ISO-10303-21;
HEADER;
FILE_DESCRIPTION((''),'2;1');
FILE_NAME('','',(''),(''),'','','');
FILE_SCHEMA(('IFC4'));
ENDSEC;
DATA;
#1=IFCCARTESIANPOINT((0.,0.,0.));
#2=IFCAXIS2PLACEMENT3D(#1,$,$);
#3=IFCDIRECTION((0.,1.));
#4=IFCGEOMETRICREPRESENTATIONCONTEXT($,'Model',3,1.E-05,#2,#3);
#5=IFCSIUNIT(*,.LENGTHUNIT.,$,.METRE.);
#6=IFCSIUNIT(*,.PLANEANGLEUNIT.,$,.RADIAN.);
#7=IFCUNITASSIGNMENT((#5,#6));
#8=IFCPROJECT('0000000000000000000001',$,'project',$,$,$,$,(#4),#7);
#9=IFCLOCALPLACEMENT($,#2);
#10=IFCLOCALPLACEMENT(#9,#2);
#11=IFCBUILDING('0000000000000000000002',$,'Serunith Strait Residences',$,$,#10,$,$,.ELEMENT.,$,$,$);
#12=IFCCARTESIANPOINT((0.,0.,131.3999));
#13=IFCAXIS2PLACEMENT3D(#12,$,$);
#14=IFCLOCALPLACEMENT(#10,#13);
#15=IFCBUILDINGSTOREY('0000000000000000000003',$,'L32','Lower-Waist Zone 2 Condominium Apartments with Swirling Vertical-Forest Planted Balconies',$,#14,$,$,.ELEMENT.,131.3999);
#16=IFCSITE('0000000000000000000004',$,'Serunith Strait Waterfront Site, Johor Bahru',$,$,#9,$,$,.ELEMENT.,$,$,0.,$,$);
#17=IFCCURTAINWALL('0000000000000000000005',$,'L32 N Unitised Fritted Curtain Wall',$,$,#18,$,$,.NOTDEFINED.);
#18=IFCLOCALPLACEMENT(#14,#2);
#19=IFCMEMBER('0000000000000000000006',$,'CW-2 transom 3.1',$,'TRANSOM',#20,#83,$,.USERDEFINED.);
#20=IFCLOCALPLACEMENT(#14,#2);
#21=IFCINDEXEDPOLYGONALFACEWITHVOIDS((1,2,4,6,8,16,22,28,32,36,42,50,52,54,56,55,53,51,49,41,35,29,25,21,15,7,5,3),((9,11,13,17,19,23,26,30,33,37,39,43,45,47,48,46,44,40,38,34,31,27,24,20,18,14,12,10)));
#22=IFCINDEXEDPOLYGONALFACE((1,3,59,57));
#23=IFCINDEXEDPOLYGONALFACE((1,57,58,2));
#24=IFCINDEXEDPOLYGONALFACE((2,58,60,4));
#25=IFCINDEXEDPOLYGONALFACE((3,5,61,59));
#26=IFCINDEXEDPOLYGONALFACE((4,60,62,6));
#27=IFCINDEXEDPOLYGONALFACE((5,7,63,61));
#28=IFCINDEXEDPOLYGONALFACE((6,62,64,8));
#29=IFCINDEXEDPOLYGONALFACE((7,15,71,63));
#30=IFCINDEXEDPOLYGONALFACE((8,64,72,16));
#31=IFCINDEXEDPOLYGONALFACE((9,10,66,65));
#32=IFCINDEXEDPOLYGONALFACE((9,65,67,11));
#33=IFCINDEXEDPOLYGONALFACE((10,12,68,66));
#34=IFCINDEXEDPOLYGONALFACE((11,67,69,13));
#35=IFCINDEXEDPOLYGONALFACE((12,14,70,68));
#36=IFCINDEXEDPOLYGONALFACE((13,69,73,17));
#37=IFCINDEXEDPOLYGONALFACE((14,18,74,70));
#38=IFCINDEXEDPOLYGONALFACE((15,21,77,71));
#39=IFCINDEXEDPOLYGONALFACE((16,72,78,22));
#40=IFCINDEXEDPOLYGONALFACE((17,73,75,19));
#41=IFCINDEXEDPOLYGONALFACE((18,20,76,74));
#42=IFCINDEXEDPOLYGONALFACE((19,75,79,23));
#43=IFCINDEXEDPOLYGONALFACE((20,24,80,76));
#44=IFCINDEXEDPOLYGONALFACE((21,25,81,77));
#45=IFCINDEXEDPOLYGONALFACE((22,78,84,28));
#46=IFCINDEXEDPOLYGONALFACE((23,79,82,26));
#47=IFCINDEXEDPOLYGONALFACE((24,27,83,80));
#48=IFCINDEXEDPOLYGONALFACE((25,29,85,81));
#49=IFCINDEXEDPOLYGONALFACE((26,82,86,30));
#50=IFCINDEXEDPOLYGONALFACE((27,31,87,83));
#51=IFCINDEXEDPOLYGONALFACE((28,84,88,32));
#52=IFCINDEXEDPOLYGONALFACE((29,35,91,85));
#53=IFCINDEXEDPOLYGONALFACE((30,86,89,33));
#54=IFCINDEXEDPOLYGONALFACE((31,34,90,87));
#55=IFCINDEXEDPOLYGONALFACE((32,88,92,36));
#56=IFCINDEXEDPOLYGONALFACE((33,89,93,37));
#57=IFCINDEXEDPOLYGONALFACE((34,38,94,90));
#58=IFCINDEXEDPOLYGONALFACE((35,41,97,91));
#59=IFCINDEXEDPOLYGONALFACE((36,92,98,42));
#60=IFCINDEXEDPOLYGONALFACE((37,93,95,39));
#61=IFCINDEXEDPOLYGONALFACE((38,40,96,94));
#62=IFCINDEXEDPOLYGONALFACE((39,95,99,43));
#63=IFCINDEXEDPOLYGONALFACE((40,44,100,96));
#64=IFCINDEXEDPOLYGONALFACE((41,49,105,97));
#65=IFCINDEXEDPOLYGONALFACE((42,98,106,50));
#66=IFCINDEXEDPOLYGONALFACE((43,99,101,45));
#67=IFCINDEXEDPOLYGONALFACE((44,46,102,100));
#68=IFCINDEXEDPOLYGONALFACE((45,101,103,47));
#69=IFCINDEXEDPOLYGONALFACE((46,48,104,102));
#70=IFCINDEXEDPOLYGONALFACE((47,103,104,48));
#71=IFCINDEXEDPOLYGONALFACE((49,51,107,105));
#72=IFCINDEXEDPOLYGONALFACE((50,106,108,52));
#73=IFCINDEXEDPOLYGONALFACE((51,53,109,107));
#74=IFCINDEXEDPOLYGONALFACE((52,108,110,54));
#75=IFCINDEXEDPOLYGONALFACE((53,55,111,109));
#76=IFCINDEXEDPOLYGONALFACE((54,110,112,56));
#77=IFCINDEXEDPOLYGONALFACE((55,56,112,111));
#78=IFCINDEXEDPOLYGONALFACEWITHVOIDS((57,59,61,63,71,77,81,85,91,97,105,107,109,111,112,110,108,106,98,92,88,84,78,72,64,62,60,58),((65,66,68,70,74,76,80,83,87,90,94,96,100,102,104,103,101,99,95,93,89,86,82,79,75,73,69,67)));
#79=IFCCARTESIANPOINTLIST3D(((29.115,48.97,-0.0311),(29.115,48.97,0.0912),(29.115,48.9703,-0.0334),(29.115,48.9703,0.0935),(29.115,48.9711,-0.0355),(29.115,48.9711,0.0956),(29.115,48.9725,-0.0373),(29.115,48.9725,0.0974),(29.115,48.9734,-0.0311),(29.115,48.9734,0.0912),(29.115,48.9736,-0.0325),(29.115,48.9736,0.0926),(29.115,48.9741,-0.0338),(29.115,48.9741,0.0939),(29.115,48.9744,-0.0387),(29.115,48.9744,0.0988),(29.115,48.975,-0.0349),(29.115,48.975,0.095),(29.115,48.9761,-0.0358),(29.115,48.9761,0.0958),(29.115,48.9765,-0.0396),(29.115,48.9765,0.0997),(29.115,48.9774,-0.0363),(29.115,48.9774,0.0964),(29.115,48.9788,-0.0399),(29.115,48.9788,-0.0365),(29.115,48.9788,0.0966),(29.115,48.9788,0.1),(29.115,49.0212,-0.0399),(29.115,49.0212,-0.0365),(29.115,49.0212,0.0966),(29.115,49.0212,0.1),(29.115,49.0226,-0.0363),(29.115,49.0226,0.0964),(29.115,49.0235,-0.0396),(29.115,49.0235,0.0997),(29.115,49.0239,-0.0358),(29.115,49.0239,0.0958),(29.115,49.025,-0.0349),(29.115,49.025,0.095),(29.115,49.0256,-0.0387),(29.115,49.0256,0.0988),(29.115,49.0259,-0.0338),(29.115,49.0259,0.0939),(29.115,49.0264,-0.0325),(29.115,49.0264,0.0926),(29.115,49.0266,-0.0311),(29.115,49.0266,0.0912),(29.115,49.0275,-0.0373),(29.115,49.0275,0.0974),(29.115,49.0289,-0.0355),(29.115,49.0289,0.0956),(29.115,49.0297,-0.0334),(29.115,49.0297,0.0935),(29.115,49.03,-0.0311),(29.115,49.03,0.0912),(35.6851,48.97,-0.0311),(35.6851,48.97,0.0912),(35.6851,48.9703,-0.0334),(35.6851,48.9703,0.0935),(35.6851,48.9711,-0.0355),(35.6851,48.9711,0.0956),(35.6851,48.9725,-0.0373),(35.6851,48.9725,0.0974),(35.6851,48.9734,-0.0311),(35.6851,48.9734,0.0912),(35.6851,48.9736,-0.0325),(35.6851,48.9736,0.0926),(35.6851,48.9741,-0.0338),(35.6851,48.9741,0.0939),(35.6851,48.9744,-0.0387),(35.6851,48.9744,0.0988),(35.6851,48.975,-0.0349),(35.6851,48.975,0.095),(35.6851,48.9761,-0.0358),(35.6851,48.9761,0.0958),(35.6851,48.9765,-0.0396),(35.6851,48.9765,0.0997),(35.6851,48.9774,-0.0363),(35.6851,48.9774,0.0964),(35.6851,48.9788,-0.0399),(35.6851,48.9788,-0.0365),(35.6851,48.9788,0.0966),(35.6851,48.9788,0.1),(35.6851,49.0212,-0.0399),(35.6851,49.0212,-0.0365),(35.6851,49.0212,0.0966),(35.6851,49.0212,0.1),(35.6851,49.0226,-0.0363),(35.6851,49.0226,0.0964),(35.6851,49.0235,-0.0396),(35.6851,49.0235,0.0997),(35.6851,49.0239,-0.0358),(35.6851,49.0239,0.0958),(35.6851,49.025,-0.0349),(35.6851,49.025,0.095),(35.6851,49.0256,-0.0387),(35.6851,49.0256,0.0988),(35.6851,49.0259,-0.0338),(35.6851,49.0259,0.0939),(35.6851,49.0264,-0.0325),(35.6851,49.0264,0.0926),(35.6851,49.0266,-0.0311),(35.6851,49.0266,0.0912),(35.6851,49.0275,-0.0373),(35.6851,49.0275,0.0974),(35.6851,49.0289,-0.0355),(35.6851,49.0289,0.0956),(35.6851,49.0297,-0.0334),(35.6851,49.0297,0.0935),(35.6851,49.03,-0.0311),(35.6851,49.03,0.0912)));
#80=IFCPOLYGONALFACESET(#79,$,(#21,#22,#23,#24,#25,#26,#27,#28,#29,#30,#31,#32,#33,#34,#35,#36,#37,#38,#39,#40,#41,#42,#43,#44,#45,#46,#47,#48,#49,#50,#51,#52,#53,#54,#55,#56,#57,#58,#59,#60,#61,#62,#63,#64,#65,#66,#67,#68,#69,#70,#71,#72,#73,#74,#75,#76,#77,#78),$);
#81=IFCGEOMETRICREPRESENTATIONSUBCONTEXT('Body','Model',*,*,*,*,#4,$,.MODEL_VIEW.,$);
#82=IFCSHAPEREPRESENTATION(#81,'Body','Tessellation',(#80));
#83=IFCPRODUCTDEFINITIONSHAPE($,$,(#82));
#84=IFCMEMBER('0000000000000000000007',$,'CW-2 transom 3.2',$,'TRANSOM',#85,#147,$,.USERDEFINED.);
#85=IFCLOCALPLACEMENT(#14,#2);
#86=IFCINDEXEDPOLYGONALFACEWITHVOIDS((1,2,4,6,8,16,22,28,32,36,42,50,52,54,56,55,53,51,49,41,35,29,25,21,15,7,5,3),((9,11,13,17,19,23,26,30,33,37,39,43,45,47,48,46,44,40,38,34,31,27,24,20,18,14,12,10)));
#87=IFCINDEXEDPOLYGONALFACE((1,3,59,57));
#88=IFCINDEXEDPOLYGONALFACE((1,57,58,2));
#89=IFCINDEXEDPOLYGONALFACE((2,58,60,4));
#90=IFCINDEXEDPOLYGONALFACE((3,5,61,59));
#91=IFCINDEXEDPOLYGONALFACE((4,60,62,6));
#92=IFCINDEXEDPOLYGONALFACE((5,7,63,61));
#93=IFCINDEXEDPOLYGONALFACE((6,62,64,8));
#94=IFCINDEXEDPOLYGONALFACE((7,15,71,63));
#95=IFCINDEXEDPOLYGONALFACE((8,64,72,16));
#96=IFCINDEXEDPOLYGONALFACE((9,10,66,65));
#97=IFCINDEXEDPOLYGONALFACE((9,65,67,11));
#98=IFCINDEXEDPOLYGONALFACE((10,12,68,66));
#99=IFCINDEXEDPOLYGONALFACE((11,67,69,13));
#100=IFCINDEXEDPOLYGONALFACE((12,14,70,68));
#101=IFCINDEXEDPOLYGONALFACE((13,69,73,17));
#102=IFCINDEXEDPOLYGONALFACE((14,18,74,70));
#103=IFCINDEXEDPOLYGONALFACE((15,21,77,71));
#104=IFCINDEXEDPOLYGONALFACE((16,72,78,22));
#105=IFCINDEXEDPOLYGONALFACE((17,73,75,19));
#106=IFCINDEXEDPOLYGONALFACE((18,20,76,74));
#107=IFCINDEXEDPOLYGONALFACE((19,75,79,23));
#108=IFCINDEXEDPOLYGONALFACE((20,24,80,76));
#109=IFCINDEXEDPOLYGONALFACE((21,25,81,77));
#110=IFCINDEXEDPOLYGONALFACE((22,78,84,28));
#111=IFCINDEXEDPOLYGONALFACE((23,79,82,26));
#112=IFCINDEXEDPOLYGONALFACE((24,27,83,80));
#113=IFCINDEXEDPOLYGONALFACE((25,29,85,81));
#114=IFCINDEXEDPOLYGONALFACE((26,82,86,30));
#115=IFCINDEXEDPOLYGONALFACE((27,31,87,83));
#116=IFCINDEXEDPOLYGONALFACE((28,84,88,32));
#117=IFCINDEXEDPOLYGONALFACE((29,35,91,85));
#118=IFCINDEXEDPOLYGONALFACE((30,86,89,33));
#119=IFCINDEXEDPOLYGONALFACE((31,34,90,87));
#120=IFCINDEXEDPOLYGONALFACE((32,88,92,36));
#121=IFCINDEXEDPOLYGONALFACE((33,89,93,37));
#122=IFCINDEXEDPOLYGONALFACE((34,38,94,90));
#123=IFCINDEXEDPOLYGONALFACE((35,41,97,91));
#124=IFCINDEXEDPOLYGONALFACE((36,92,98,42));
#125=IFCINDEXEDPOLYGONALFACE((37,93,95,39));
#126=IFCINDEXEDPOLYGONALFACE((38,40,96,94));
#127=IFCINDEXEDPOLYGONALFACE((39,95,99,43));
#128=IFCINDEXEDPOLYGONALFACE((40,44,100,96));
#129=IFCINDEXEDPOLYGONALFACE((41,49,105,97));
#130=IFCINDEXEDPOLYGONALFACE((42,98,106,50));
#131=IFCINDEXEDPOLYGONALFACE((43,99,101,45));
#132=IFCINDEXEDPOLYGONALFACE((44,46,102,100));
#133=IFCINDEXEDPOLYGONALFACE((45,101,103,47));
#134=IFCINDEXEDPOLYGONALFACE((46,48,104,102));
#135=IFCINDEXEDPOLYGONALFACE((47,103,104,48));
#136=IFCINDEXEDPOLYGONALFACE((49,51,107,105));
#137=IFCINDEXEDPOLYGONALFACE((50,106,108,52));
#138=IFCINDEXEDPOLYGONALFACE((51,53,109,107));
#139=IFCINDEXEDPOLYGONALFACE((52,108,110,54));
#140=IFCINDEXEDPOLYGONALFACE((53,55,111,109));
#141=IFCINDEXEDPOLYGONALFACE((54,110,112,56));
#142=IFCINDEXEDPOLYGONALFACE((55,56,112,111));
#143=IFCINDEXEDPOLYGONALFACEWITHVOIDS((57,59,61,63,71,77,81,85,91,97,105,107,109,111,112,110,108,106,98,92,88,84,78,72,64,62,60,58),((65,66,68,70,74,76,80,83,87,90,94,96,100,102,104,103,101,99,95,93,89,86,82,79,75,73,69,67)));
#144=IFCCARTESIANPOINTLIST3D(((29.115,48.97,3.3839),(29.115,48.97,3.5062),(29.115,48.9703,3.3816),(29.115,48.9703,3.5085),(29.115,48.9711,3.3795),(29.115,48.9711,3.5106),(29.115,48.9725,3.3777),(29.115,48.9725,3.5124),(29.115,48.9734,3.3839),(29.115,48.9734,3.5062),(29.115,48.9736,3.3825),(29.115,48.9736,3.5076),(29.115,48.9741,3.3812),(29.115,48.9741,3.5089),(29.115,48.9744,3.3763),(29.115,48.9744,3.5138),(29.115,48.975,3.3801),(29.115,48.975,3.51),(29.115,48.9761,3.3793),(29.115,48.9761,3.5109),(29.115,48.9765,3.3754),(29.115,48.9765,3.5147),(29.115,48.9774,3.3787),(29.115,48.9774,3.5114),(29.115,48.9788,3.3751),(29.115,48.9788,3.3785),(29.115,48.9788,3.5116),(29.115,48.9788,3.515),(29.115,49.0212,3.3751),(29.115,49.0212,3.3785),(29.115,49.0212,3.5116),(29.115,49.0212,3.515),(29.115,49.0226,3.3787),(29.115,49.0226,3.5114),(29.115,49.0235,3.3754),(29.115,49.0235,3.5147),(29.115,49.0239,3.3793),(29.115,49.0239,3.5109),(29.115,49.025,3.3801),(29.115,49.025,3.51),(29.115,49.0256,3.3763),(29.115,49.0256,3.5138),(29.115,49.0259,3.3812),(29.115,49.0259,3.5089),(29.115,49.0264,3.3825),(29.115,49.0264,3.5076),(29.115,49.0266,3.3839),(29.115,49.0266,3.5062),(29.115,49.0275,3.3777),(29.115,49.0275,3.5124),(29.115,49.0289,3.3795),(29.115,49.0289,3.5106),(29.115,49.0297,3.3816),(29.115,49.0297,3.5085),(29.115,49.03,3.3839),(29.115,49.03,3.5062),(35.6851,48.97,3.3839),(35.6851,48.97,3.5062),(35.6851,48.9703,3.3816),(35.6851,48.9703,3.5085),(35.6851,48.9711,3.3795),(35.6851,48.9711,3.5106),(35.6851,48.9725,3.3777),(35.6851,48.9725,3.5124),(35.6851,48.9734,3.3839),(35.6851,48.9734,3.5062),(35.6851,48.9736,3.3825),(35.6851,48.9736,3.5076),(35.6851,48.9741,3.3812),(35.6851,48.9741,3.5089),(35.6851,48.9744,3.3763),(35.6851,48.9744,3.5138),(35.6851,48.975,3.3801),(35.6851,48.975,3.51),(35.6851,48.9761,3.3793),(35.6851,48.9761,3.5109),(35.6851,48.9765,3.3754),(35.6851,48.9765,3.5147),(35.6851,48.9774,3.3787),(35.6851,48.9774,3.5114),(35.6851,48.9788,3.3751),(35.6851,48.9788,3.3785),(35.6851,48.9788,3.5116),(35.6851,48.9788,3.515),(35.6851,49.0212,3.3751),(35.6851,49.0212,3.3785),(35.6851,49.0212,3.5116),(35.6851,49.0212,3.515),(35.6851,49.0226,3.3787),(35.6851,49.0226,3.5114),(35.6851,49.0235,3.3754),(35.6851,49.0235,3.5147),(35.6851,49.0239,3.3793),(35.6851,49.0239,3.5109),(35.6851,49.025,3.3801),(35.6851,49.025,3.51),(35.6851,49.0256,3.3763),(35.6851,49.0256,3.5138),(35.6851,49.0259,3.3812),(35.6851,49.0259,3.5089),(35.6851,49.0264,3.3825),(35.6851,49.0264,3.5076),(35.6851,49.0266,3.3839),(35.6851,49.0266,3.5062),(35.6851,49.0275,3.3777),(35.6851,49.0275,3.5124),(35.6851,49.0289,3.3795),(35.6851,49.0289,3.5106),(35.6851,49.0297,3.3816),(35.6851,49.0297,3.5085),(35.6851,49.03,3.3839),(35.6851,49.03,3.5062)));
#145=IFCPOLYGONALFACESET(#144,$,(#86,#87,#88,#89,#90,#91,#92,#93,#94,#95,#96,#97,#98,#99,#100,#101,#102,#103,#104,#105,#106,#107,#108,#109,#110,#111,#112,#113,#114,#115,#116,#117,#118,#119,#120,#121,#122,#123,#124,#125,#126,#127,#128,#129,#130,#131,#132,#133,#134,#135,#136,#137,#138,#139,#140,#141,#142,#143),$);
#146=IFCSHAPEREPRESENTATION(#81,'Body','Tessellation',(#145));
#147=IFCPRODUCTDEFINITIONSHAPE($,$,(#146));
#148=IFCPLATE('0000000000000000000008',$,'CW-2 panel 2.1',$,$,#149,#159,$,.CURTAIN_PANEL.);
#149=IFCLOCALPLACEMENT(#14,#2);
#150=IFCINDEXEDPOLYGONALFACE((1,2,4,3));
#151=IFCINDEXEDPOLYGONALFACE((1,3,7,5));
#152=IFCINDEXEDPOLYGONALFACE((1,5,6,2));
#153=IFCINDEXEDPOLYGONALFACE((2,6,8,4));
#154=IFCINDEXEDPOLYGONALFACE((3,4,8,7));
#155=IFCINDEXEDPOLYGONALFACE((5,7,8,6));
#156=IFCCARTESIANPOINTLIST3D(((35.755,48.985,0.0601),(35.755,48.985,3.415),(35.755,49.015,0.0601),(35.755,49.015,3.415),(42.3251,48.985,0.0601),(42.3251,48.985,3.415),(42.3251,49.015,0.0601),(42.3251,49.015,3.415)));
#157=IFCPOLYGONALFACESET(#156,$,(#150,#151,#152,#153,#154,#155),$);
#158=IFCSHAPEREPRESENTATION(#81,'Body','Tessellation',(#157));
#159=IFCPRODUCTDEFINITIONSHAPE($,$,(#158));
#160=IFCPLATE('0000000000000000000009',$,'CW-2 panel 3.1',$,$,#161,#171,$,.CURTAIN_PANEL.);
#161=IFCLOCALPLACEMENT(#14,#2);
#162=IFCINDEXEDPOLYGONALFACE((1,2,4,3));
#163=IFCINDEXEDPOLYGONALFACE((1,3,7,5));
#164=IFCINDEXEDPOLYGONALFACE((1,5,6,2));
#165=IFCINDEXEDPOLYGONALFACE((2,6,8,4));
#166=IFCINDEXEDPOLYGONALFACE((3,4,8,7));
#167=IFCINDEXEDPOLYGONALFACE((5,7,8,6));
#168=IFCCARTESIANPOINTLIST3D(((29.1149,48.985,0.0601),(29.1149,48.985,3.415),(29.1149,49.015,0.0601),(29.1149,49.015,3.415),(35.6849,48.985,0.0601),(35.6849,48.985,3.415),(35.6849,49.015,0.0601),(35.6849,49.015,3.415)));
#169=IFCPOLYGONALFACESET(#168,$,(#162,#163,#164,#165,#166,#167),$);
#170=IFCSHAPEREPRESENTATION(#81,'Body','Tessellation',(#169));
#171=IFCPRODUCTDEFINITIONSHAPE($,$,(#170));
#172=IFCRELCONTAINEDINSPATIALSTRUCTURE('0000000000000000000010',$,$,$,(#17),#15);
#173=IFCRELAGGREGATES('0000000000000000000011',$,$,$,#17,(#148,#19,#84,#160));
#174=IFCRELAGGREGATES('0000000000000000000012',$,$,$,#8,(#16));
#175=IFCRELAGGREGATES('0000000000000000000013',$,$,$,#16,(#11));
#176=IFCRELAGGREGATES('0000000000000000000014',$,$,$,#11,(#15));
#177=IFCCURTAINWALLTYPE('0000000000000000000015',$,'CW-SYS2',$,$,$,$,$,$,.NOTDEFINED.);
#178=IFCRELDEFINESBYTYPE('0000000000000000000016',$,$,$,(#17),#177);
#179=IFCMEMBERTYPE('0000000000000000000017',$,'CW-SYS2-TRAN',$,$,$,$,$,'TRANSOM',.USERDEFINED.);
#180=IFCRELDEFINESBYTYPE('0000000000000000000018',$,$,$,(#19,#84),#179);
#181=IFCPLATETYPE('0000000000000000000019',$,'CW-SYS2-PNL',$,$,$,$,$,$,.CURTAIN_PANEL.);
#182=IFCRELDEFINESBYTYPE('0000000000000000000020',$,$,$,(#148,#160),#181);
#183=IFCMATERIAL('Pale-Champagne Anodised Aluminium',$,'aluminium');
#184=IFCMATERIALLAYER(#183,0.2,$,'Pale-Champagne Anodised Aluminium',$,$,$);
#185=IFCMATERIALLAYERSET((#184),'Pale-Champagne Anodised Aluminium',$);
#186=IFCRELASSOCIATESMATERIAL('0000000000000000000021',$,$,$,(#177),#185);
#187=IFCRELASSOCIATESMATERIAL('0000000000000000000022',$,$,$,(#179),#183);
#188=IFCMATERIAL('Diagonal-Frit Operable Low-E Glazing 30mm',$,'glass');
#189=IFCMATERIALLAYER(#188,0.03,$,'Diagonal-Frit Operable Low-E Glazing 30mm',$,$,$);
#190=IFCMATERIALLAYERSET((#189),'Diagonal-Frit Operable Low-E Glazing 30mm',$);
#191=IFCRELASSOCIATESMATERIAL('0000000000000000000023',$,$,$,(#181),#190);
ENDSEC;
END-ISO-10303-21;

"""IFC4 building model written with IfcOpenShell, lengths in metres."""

from ifc_helpers import new_model, si_unit, direction, frame, origin, origin_2d, place, context, subcontext, project, spatial, rectangle, hollow_rectangle, extrude, source, transform, mapped, material, layer, layer_set, material_profile, profile_set, type_object, element, aggregate, save


model = new_model("IFC4")

# Units and contexts
model_context = context("Model", 3, precision=1e-05, world=origin(), true_north=direction((0.0, 1.0)))
body_context = subcontext(model_context, "Body", "Model", "MODEL_VIEW")
ifc_project = project(units=[si_unit("LENGTHUNIT", "METRE"), si_unit("PLANEANGLEUNIT", "RADIAN")], contexts=[model_context])

# Site, building, storey
site_placement = place(None, origin())
site = spatial("IfcSite", under=ifc_project, at=site_placement, Name="Serunith Strait Waterfront Site, Johor Bahru", CompositionType="ELEMENT", RefElevation=0.0)
building_placement = place(site_placement, origin())
building = spatial("IfcBuilding", under=site, at=building_placement, Name="Serunith Strait Residences", CompositionType="ELEMENT")
storey_placement = place(building_placement, frame((0.0, 0.0, 131.3999)))
storey = spatial("IfcBuildingStorey", under=building, at=storey_placement, Name="L32", Description="Lower-Waist Zone 2 Condominium Apartments with Swirling Vertical-Forest Planted Balconies", CompositionType="ELEMENT", Elevation=131.3999)

# Curtain wall, members, plates
ifc_material_1 = material(Name="Pale-Champagne Anodised Aluminium", Category="aluminium")
ifc_layer_1 = layer(ifc_material_1, 0.2, Name="Pale-Champagne Anodised Aluminium")
ifc_layer_set_1 = layer_set([ifc_layer_1], Name="Pale-Champagne Anodised Aluminium")
curtain_wall_type = type_object("IfcCurtainWallType", Name="CW-SYS2", PredefinedType="NOTDEFINED", material=ifc_layer_set_1)
curtain_wall_placement = place(storey_placement, origin())
curtain_wall = element("IfcCurtainWall", 1, at=curtain_wall_placement, inside=storey, type_object=curtain_wall_type, Name="L32 N Unitised Fritted Curtain Wall", PredefinedType="NOTDEFINED")
ifc_material_profile_1 = material_profile(ifc_material_1, hollow_rectangle(XDim=0.0601, YDim=0.1399, WallThickness=0.0034, InnerFilletRadius=0.0054, OuterFilletRadius=0.0088, at=origin_2d()), Name="ALU 140x60x3.5")
ifc_profile_set_1 = profile_set([ifc_material_profile_1], Name="Pale-Champagne Anodised Aluminium")
member_type_1 = type_object("IfcMemberType", Name="CW-SYS2-TRAN", ElementType="TRANSOM", PredefinedType="USERDEFINED", material=ifc_profile_set_1)
shared_shape_1 = source(origin(), body_context, "Body", "SweptSolid", [
    extrude(hollow_rectangle(XDim=0.0601, YDim=0.1399, WallThickness=0.0034, InnerFilletRadius=0.0054, OuterFilletRadius=0.0088, at=origin_2d()), origin(), (0.0, 0.0, 1.0), 6.5701),
])
member_1_placement = place(storey_placement, frame((35.6851, 49.0, 0.03), z_axis=(-1.0, 0.0, 0.0), x_axis=(0.0, -1.0, 0.0)))
member_1 = element("IfcMember", 2, at=member_1_placement, type_object=member_type_1, Name="CW-2 transom 3.1", ObjectType="TRANSOM", PredefinedType="USERDEFINED", context=body_context, shape_type="MappedRepresentation", body=[
    mapped(shared_shape_1, transform((0.0, 0.0, 0.0), scale=1.0)),
])
member_2_placement = place(storey_placement, frame((35.6851, 49.0, 3.4451), z_axis=(-1.0, 0.0, 0.0), x_axis=(0.0, -1.0, 0.0)))
member_2 = element("IfcMember", 3, at=member_2_placement, type_object=member_type_1, Name="CW-2 transom 3.2", ObjectType="TRANSOM", PredefinedType="USERDEFINED", context=body_context, shape_type="MappedRepresentation", body=[
    mapped(shared_shape_1, transform((0.0, 0.0, 0.0), scale=1.0)),
])
ifc_material_2 = material(Name="Diagonal-Frit Operable Low-E Glazing 30mm", Category="glass")
ifc_layer_2 = layer(ifc_material_2, 0.03, Name="Diagonal-Frit Operable Low-E Glazing 30mm")
ifc_layer_set_2 = layer_set([ifc_layer_2], Name="Diagonal-Frit Operable Low-E Glazing 30mm")
plate_type = type_object("IfcPlateType", Name="CW-SYS2-PNL", PredefinedType="CURTAIN_PANEL", material=ifc_layer_set_2)
shared_shape_2 = source(origin(), body_context, "Body", "SweptSolid", [
    extrude(rectangle(XDim=6.5701, YDim=0.03, at=origin_2d()), origin(), (0.0, 0.0, 1.0), 3.355),
])
plate_1_placement = place(storey_placement, frame((39.04, 49.0, 0.0601), z_axis=(0.0, 0.0, 1.0), x_axis=(-1.0, 0.0, 0.0)))
plate_1 = element("IfcPlate", 4, at=plate_1_placement, type_object=plate_type, Name="CW-2 panel 2.1", PredefinedType="CURTAIN_PANEL", context=body_context, shape_type="MappedRepresentation", body=[
    mapped(shared_shape_2, transform((0.0, 0.0, 0.0), scale=1.0)),
])
plate_2_placement = place(storey_placement, frame((32.3999, 49.0, 0.0601), z_axis=(0.0, 0.0, 1.0), x_axis=(-1.0, 0.0, 0.0)))
plate_2 = element("IfcPlate", 5, at=plate_2_placement, type_object=plate_type, Name="CW-2 panel 3.1", PredefinedType="CURTAIN_PANEL", context=body_context, shape_type="MappedRepresentation", body=[
    mapped(shared_shape_2, transform((0.0, 0.0, 0.0), scale=1.0)),
])
aggregate(curtain_wall, [plate_1, member_1, member_2, plate_2])

save(model, "model.ifc")
